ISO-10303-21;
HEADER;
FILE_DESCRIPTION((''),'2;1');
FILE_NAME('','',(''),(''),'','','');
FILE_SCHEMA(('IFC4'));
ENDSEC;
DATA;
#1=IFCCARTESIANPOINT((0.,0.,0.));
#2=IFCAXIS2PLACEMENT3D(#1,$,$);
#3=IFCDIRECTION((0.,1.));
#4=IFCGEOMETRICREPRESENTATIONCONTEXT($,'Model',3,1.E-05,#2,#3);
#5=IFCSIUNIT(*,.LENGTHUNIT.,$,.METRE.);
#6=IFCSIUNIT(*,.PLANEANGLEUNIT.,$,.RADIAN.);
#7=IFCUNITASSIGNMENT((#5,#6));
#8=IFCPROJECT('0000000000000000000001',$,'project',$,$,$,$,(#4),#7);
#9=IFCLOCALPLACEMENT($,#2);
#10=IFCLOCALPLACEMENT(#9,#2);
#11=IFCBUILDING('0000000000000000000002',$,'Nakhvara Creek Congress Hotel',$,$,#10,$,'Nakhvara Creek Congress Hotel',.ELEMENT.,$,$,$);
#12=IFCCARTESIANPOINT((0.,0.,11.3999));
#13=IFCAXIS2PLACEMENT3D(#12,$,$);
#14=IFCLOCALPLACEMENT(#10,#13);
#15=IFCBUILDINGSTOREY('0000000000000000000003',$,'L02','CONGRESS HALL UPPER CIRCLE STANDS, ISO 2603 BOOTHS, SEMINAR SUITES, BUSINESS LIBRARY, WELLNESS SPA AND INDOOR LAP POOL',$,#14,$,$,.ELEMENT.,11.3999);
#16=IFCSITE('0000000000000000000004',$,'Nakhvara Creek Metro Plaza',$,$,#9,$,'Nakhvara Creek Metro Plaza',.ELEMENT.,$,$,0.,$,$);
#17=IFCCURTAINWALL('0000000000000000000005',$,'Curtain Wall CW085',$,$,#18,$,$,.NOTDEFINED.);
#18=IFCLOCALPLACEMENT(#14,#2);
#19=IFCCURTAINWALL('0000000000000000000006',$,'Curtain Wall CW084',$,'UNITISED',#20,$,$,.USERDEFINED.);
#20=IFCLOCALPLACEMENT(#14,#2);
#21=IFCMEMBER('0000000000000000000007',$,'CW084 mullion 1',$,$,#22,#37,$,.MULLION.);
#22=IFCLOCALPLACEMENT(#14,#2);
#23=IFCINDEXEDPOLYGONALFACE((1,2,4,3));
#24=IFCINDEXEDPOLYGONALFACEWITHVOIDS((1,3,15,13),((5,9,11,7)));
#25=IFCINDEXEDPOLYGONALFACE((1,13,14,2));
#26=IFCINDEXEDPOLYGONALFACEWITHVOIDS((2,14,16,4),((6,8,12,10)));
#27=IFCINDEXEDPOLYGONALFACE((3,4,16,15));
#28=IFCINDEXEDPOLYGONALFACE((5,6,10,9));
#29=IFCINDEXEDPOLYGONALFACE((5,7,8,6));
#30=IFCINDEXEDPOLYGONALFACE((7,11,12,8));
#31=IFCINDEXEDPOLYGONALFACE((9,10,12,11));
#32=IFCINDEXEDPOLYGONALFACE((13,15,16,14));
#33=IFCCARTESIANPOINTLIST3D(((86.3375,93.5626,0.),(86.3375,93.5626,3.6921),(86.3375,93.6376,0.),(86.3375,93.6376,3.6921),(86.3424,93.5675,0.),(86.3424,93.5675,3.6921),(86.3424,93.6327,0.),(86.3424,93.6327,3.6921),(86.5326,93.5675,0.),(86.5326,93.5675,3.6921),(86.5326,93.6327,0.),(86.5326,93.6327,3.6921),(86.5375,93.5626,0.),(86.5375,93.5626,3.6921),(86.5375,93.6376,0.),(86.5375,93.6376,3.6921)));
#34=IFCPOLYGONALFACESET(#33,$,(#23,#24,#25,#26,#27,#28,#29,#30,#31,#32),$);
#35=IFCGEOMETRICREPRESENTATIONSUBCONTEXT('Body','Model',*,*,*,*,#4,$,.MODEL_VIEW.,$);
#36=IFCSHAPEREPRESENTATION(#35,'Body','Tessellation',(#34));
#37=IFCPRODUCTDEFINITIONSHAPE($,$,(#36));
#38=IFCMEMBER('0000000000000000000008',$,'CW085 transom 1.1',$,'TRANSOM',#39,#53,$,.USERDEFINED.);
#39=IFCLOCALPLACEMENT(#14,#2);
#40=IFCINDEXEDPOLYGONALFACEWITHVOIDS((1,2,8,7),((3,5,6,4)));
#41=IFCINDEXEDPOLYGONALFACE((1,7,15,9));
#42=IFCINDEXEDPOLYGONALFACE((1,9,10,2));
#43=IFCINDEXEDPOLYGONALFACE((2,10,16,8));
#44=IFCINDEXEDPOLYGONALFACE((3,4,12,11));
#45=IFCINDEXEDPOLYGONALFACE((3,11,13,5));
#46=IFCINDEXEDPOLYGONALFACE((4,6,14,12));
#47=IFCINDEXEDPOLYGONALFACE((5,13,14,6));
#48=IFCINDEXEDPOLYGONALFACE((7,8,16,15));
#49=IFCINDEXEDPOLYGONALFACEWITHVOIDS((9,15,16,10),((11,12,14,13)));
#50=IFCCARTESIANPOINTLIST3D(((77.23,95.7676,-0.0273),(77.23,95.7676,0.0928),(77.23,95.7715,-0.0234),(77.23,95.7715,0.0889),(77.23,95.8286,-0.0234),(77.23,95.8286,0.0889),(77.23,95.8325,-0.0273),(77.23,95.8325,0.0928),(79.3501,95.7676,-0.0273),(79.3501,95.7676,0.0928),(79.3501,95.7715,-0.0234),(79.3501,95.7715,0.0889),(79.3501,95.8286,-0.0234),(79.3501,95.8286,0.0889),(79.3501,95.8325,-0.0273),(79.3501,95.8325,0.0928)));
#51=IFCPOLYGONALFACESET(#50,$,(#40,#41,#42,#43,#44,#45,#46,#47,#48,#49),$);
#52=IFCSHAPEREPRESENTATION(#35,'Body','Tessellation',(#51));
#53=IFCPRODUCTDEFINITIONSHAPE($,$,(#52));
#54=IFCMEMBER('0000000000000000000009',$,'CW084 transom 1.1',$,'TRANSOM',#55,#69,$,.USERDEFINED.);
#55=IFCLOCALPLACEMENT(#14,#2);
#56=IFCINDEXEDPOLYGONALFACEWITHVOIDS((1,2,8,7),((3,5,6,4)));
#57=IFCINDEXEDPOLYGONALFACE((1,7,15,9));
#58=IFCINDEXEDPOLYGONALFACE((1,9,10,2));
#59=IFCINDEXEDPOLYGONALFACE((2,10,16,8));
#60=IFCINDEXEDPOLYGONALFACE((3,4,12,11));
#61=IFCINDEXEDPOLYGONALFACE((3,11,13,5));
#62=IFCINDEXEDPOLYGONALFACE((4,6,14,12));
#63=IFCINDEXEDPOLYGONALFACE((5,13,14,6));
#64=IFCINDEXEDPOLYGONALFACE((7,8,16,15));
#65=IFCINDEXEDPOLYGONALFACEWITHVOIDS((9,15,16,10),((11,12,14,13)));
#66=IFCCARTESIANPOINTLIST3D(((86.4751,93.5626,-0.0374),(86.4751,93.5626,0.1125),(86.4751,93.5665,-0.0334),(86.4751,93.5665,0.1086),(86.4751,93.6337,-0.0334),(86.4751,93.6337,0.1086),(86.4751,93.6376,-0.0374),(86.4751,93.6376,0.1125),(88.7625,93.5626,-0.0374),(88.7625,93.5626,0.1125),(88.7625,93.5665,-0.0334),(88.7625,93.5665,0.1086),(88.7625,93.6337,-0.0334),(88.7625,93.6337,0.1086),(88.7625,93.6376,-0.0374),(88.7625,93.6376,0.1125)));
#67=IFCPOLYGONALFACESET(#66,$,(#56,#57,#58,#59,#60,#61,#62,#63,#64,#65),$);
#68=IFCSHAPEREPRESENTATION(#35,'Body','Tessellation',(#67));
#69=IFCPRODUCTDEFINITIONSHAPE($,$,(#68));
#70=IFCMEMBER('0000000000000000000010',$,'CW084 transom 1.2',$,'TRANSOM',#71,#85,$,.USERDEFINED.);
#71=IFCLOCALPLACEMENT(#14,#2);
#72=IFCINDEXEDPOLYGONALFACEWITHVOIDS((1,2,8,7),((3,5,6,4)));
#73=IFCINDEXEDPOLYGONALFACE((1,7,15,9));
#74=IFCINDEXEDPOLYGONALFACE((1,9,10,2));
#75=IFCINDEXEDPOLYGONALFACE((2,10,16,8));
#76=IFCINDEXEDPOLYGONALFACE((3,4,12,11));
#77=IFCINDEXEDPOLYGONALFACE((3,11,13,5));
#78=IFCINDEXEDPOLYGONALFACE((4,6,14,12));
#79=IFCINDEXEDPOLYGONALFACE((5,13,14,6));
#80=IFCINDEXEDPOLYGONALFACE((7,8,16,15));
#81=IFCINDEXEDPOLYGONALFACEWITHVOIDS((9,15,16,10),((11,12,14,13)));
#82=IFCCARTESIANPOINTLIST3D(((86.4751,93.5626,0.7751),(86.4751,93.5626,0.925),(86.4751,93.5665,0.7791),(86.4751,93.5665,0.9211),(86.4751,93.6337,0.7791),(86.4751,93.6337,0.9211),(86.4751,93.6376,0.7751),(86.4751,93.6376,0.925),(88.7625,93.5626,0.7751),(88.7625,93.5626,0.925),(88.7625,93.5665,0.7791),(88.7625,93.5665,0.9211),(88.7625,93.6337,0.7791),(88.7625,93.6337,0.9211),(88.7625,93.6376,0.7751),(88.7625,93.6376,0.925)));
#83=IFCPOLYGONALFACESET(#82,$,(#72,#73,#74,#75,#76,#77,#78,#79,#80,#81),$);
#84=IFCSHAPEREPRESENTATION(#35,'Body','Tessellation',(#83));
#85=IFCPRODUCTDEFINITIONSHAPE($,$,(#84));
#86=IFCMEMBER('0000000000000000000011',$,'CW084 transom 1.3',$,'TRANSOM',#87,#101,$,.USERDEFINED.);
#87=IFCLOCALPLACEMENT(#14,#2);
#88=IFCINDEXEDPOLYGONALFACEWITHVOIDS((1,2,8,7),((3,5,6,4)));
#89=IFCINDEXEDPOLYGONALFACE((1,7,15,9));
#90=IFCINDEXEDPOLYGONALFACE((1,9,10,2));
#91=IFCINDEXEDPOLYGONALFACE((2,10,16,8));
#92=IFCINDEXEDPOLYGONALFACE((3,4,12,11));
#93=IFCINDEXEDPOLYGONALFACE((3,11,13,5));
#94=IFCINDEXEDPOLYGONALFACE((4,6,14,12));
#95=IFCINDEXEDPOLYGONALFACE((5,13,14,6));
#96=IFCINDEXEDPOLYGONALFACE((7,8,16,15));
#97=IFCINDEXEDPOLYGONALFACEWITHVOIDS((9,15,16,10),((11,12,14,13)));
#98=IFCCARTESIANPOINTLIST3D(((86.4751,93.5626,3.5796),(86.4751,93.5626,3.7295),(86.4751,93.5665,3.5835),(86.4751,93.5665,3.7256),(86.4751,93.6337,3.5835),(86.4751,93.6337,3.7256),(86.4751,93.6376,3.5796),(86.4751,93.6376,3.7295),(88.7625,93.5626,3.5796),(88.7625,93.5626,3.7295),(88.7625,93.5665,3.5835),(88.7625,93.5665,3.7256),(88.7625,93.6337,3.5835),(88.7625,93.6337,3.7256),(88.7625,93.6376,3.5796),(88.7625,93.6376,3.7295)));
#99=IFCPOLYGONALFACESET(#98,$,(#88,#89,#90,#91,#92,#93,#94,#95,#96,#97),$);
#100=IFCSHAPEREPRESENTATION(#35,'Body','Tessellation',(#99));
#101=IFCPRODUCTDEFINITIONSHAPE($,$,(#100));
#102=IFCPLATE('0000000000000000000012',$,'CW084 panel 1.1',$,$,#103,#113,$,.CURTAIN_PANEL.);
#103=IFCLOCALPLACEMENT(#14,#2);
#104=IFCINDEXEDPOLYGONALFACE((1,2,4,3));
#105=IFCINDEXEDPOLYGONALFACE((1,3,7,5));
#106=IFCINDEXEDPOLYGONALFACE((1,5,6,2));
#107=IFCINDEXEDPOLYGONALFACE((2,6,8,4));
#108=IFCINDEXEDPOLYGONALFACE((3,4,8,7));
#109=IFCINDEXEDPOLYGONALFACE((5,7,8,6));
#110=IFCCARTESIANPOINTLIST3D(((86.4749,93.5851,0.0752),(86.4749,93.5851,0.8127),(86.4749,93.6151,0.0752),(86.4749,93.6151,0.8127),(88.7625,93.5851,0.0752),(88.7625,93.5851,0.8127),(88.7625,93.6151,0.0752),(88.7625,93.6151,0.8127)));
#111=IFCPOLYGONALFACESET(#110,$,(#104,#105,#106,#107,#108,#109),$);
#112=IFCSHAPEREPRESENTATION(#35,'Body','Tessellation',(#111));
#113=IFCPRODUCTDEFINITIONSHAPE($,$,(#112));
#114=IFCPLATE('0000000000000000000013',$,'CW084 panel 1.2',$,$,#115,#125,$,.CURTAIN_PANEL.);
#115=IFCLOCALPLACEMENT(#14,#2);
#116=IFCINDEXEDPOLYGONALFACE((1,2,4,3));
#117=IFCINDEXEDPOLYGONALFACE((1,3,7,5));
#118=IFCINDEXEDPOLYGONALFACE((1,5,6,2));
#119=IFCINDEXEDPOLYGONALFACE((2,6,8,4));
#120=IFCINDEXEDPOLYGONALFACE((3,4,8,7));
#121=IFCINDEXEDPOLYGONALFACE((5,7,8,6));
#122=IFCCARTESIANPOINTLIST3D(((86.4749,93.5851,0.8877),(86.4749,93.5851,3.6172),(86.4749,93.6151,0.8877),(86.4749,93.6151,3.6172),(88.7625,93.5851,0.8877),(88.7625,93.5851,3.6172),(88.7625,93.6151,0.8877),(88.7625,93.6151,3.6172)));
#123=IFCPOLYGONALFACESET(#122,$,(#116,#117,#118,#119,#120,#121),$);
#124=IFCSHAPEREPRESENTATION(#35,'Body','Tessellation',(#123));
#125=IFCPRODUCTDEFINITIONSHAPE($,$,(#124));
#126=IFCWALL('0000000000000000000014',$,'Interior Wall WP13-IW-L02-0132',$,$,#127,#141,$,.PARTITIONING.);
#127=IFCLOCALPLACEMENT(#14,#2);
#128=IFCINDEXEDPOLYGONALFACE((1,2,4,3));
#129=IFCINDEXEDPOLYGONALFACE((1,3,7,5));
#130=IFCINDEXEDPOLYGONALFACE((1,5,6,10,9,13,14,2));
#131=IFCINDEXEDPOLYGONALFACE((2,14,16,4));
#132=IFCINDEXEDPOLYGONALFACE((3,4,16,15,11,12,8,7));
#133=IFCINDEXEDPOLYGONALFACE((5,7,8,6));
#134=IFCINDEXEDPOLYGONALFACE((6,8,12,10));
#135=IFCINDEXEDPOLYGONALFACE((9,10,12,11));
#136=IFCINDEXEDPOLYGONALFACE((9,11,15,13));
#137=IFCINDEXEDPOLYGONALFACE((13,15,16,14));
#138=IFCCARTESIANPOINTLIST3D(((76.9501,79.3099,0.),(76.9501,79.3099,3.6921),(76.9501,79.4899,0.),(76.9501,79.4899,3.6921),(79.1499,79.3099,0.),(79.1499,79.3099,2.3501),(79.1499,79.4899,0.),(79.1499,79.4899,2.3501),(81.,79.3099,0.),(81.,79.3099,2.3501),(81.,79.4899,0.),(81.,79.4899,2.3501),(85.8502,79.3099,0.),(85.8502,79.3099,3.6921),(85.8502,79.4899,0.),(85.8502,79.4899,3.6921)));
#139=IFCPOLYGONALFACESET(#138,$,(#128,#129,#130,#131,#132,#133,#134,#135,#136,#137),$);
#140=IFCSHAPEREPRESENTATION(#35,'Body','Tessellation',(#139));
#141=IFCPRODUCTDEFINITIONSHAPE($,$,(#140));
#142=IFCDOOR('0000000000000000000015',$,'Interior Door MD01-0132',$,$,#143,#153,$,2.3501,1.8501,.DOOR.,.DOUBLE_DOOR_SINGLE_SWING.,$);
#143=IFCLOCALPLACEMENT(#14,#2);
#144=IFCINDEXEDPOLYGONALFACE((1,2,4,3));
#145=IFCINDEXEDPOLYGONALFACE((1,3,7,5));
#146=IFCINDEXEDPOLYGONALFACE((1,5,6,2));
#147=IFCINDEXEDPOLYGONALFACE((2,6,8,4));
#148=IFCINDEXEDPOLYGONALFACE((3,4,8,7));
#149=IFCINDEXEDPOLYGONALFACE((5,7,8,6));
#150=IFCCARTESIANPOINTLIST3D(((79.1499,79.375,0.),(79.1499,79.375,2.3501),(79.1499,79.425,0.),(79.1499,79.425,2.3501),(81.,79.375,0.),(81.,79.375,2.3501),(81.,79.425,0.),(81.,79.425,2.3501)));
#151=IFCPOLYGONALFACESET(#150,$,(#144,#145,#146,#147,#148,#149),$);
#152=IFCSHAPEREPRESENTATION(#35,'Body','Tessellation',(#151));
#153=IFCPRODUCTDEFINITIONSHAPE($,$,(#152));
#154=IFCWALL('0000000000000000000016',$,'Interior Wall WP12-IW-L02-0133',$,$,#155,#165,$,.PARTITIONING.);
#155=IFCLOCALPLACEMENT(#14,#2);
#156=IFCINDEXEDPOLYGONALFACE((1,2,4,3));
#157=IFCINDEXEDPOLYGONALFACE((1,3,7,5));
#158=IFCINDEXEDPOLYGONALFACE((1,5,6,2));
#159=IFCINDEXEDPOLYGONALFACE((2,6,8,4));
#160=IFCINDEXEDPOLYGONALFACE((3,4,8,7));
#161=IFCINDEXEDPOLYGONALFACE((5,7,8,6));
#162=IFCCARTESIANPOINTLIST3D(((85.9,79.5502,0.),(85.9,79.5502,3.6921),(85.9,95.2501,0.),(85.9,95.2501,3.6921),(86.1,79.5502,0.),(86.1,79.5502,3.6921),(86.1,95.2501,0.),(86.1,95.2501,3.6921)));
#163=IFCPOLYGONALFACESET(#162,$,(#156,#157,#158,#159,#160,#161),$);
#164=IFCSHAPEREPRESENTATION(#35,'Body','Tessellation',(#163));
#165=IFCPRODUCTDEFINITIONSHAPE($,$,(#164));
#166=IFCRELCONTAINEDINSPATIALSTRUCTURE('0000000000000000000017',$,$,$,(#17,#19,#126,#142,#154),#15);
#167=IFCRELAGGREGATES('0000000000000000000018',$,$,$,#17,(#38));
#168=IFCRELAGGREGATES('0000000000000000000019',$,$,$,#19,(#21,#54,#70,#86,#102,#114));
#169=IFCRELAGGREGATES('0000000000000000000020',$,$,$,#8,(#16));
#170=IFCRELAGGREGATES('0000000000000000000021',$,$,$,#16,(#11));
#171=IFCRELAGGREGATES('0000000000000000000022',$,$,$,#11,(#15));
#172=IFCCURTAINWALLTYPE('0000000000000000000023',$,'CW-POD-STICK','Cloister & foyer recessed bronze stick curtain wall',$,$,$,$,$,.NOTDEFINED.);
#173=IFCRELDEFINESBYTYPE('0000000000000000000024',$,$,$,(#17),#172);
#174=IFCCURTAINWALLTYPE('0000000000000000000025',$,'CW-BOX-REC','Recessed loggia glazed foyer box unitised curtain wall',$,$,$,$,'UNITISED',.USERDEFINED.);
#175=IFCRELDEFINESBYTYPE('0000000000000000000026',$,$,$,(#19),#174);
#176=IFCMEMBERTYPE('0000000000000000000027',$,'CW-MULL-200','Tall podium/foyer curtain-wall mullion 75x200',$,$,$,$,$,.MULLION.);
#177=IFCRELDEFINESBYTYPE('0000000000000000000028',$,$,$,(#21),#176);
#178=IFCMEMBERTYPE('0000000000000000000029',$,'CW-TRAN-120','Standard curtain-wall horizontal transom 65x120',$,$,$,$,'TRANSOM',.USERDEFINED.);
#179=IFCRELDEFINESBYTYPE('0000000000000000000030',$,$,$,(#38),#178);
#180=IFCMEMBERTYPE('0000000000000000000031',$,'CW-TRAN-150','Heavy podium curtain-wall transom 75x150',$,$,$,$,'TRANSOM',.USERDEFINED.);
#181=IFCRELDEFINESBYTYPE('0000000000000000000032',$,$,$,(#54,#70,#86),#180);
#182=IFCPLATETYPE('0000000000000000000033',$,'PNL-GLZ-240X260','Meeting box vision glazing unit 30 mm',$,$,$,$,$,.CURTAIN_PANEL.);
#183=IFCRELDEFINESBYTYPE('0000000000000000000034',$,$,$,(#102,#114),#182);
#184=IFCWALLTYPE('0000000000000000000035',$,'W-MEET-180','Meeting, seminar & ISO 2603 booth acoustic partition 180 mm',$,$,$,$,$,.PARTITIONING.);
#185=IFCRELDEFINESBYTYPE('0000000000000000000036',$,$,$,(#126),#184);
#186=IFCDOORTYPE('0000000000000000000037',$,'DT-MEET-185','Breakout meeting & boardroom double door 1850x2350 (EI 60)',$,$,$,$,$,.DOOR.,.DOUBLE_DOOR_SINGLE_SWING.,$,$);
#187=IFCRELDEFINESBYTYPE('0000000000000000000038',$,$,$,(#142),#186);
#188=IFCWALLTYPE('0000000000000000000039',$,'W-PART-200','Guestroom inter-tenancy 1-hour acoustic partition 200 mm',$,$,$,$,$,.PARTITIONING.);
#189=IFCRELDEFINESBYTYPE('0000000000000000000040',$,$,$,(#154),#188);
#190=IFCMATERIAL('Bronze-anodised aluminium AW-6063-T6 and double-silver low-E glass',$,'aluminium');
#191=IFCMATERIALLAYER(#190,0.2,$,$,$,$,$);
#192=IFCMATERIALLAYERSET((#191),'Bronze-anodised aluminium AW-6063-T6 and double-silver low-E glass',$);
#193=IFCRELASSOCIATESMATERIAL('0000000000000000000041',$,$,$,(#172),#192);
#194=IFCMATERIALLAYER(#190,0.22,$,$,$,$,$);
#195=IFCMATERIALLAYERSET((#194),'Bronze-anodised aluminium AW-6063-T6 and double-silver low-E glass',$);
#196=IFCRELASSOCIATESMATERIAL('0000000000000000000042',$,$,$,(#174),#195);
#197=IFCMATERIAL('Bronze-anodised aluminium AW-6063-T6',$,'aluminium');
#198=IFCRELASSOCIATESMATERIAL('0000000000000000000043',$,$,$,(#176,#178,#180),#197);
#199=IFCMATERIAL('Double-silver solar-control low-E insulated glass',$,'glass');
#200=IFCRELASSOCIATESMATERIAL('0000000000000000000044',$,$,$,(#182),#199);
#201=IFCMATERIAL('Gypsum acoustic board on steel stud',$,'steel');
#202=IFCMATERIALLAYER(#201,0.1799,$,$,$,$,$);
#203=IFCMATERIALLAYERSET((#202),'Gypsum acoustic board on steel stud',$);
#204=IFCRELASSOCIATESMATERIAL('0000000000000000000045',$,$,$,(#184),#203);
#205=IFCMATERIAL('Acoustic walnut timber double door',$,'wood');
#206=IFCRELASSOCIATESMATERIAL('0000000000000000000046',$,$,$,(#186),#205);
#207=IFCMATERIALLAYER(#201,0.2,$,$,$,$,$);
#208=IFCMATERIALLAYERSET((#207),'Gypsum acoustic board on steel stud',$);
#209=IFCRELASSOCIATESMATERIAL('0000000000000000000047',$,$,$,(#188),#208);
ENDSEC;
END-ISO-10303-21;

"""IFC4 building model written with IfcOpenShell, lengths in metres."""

from ifc_helpers import new_model, si_unit, direction, frame, frame_2d, origin, origin_2d, place, context, subcontext, project, spatial, rectangle, hollow_rectangle, extrude, material, layer, layer_set, material_profile, profile_set, type_object, element, fill, aggregate, save


model = new_model("IFC4")

# Units and contexts
model_context = context("Model", 3, precision=1e-05, world=origin(), true_north=direction((0.0, 1.0)))
body_context = subcontext(model_context, "Body", "Model", "MODEL_VIEW")
ifc_project = project(units=[si_unit("LENGTHUNIT", "METRE"), si_unit("PLANEANGLEUNIT", "RADIAN")], contexts=[model_context])

# Site, building, storey
site_placement = place(None, origin())
site = spatial("IfcSite", under=ifc_project, at=site_placement, Name="Nakhvara Creek Metro Plaza", LongName="Nakhvara Creek Metro Plaza", CompositionType="ELEMENT", RefElevation=0.0)
building_placement = place(site_placement, origin())
building = spatial("IfcBuilding", under=site, at=building_placement, Name="Nakhvara Creek Congress Hotel", LongName="Nakhvara Creek Congress Hotel", CompositionType="ELEMENT")
storey_placement = place(building_placement, frame((0.0, 0.0, 11.3999)))
storey = spatial("IfcBuildingStorey", under=building, at=storey_placement, Name="L02", Description="CONGRESS HALL UPPER CIRCLE STANDS, ISO 2603 BOOTHS, SEMINAR SUITES, BUSINESS LIBRARY, WELLNESS SPA AND INDOOR LAP POOL", CompositionType="ELEMENT", Elevation=11.3999)

# Curtain walls, member
ifc_material_1 = material(Name="Bronze-anodised aluminium AW-6063-T6 and double-silver low-E glass", Category="aluminium")
ifc_layer_1 = layer(ifc_material_1, 0.2)
ifc_layer_set_1 = layer_set([ifc_layer_1], Name="Bronze-anodised aluminium AW-6063-T6 and double-silver low-E glass")
curtain_wall_type_1 = type_object("IfcCurtainWallType", Name="CW-POD-STICK", Description="Cloister & foyer recessed bronze stick curtain wall", PredefinedType="NOTDEFINED", material=ifc_layer_set_1)
curtain_wall_1_placement = place(storey_placement, origin())
curtain_wall_1 = element("IfcCurtainWall", 1, at=curtain_wall_1_placement, inside=storey, type_object=curtain_wall_type_1, Name="Curtain Wall CW085", PredefinedType="NOTDEFINED")
ifc_material_2 = material(Name="Bronze-anodised aluminium AW-6063-T6", Category="aluminium")
ifc_layer_2 = layer(ifc_material_1, 0.22)
ifc_layer_set_2 = layer_set([ifc_layer_2], Name="Bronze-anodised aluminium AW-6063-T6 and double-silver low-E glass")
curtain_wall_type_2 = type_object("IfcCurtainWallType", Name="CW-BOX-REC", Description="Recessed loggia glazed foyer box unitised curtain wall", ElementType="UNITISED", PredefinedType="USERDEFINED", material=ifc_layer_set_2)
curtain_wall_2_placement = place(storey_placement, origin())
curtain_wall_2 = element("IfcCurtainWall", 2, at=curtain_wall_2_placement, inside=storey, type_object=curtain_wall_type_2, Name="Curtain Wall CW084", ObjectType="UNITISED", PredefinedType="USERDEFINED")
ifc_material_profile_1 = material_profile(ifc_material_2, hollow_rectangle(XDim=0.075, YDim=0.2, WallThickness=0.0049, at=origin_2d()), Name="ALU-MULL 75x200x5", Category="LoadBearing")
ifc_profile_set_1 = profile_set([ifc_material_profile_1], Name="Bronze-anodised aluminium AW-6063-T6")
member_type_1 = type_object("IfcMemberType", Name="CW-MULL-200", Description="Tall podium/foyer curtain-wall mullion 75x200", PredefinedType="MULLION", material=ifc_profile_set_1)
member_1_placement = place(storey_placement, frame((86.4375, 93.6001, 0.0), z_axis=(0.0, 0.0, 1.0), x_axis=(0.0, 1.0, 0.0)))
member_1 = element("IfcMember", 3, at=member_1_placement, type_object=member_type_1, Name="CW084 mullion 1", PredefinedType="MULLION", context=body_context, shape_type="SweptSolid", body=[
    extrude(hollow_rectangle(XDim=0.075, YDim=0.2, WallThickness=0.0049, at=origin_2d()), origin(), (0.0, 0.0, 1.0), 3.6921),
])

# Members
ifc_material_profile_2 = material_profile(ifc_material_2, hollow_rectangle(XDim=0.0649, YDim=0.1201, WallThickness=0.0039, at=origin_2d()), Name="ALU-TRAN 65x120x4", Category="LoadBearing")
ifc_profile_set_2 = profile_set([ifc_material_profile_2], Name="Bronze-anodised aluminium AW-6063-T6")
member_type_2 = type_object("IfcMemberType", Name="CW-TRAN-120", Description="Standard curtain-wall horizontal transom 65x120", ElementType="TRANSOM", PredefinedType="USERDEFINED", material=ifc_profile_set_2)
member_2_placement = place(storey_placement, frame((77.23, 95.8, 0.0327), z_axis=(1.0, 0.0, 0.0), x_axis=(0.0, 1.0, 0.0)))
member_2 = element("IfcMember", 4, at=member_2_placement, type_object=member_type_2, Name="CW085 transom 1.1", ObjectType="TRANSOM", PredefinedType="USERDEFINED", context=body_context, shape_type="SweptSolid", body=[
    extrude(hollow_rectangle(XDim=0.0649, YDim=0.1201, WallThickness=0.0039, at=origin_2d()), origin(), (0.0, 0.0, 1.0), 2.1201),
])
aggregate(curtain_wall_1, [member_2])
ifc_material_profile_3 = material_profile(ifc_material_2, hollow_rectangle(XDim=0.075, YDim=0.1499, WallThickness=0.0039, at=origin_2d()), Name="ALU-TRAN 75x150x4", Category="LoadBearing")
ifc_profile_set_3 = profile_set([ifc_material_profile_3], Name="Bronze-anodised aluminium AW-6063-T6")
member_type_3 = type_object("IfcMemberType", Name="CW-TRAN-150", Description="Heavy podium curtain-wall transom 75x150", ElementType="TRANSOM", PredefinedType="USERDEFINED", material=ifc_profile_set_3)
member_3_placement = place(storey_placement, frame((86.4751, 93.6001, 0.0376), z_axis=(1.0, 0.0, 0.0), x_axis=(0.0, 1.0, 0.0)))
member_3 = element("IfcMember", 5, at=member_3_placement, type_object=member_type_3, Name="CW084 transom 1.1", ObjectType="TRANSOM", PredefinedType="USERDEFINED", context=body_context, shape_type="SweptSolid", body=[
    extrude(hollow_rectangle(XDim=0.075, YDim=0.1499, WallThickness=0.0039, at=origin_2d()), origin(), (0.0, 0.0, 1.0), 2.2874),
])
member_4_placement = place(storey_placement, frame((86.4751, 93.6001, 0.8501), z_axis=(1.0, 0.0, 0.0), x_axis=(0.0, 1.0, 0.0)))
member_4 = element("IfcMember", 6, at=member_4_placement, type_object=member_type_3, Name="CW084 transom 1.2", ObjectType="TRANSOM", PredefinedType="USERDEFINED", context=body_context, shape_type="SweptSolid", body=[
    extrude(hollow_rectangle(XDim=0.075, YDim=0.1499, WallThickness=0.0039, at=origin_2d()), origin(), (0.0, 0.0, 1.0), 2.2874),
])
member_5_placement = place(storey_placement, frame((86.4751, 93.6001, 3.6545), z_axis=(1.0, 0.0, 0.0), x_axis=(0.0, 1.0, 0.0)))
member_5 = element("IfcMember", 7, at=member_5_placement, type_object=member_type_3, Name="CW084 transom 1.3", ObjectType="TRANSOM", PredefinedType="USERDEFINED", context=body_context, shape_type="SweptSolid", body=[
    extrude(hollow_rectangle(XDim=0.075, YDim=0.1499, WallThickness=0.0039, at=origin_2d()), origin(), (0.0, 0.0, 1.0), 2.2874),
])

# Plates
ifc_material_3 = material(Name="Double-silver solar-control low-E insulated glass", Category="glass")
plate_type = type_object("IfcPlateType", Name="PNL-GLZ-240X260", Description="Meeting box vision glazing unit 30 mm", PredefinedType="CURTAIN_PANEL", material=ifc_material_3)
plate_1_placement = place(storey_placement, frame((87.6187, 93.6001, 0.0752), z_axis=(0.0, 0.0, 1.0), x_axis=(1.0, 0.0, 0.0)))
plate_1 = element("IfcPlate", 8, at=plate_1_placement, type_object=plate_type, Name="CW084 panel 1.1", PredefinedType="CURTAIN_PANEL", context=body_context, shape_type="SweptSolid", body=[
    extrude(rectangle(XDim=2.2876, YDim=0.03, at=origin_2d()), origin(), (0.0, 0.0, 1.0), 0.7375),
])
plate_2_placement = place(storey_placement, frame((87.6187, 93.6001, 0.8877), z_axis=(0.0, 0.0, 1.0), x_axis=(1.0, 0.0, 0.0)))
plate_2 = element("IfcPlate", 9, at=plate_2_placement, type_object=plate_type, Name="CW084 panel 1.2", PredefinedType="CURTAIN_PANEL", context=body_context, shape_type="SweptSolid", body=[
    extrude(rectangle(XDim=2.2876, YDim=0.03, at=origin_2d()), origin(), (0.0, 0.0, 1.0), 2.7295),
])
aggregate(curtain_wall_2, [member_1, member_3, member_4, member_5, plate_1, plate_2])

# Wall, opening, door
ifc_material_4 = material(Name="Gypsum acoustic board on steel stud", Category="steel")
ifc_layer_3 = layer(ifc_material_4, 0.1799)
ifc_layer_set_3 = layer_set([ifc_layer_3], Name="Gypsum acoustic board on steel stud")
wall_type_1 = type_object("IfcWallType", Name="W-MEET-180", Description="Meeting, seminar & ISO 2603 booth acoustic partition 180 mm", PredefinedType="PARTITIONING", material=ifc_layer_set_3)
wall_1_placement = place(storey_placement, frame((76.95, 79.3999, 0.0), z_axis=(0.0, 0.0, 1.0), x_axis=(1.0, 0.0, 0.0)))
wall_1 = element("IfcWall", 10, at=wall_1_placement, inside=storey, type_object=wall_type_1, Name="Interior Wall WP13-IW-L02-0132", PredefinedType="PARTITIONING", context=body_context, shape_type="SweptSolid", body=[
    extrude(rectangle(XDim=8.9001, YDim=0.1799, at=frame_2d((4.4502, 0.0))), origin(), (0.0, 0.0, 1.0), 3.6921),
])
opening_placement = place(wall_1_placement, frame((2.2, 0.0, 0.0)))
opening = element("IfcOpeningElement", 11, at=opening_placement, cuts=wall_1, PredefinedType="OPENING", context=body_context, shape_type="SweptSolid", body=[
    extrude(rectangle(XDim=1.8501, YDim=2.3501, at=frame_2d((0.925, 1.175))), frame((0.0, 0.1021, 0.0), z_axis=(0.0, -1.0, 0.0), x_axis=(1.0, 0.0, 0.0)), (0.0, 0.0, 1.0), 0.2039),
])
ifc_material_5 = material(Name="Acoustic walnut timber double door", Category="wood")
door_type = type_object("IfcDoorType", Name="DT-MEET-185", Description="Breakout meeting & boardroom double door 1850x2350 (EI 60)", OperationType="DOUBLE_DOOR_SINGLE_SWING", PredefinedType="DOOR", material=ifc_material_5)
door_placement = place(opening_placement, frame((1.8501, 0.0, 0.0), z_axis=(0.0, 0.0, 1.0), x_axis=(-1.0, 0.0, 0.0)))
door = element("IfcDoor", 12, at=door_placement, inside=storey, type_object=door_type, Name="Interior Door MD01-0132", OperationType="DOUBLE_DOOR_SINGLE_SWING", OverallHeight=2.3501, OverallWidth=1.8501, PredefinedType="DOOR", context=body_context, shape_type="SweptSolid", body=[
    extrude(rectangle(XDim=1.8501, YDim=2.3501, at=frame_2d((0.925, 1.175))), frame((0.0, 0.0249, 0.0), z_axis=(0.0, -1.0, 0.0), x_axis=(1.0, 0.0, 0.0)), (0.0, 0.0, 1.0), 0.05),
])
fill(opening, door)

# Wall
ifc_layer_4 = layer(ifc_material_4, 0.2)
ifc_layer_set_4 = layer_set([ifc_layer_4], Name="Gypsum acoustic board on steel stud")
wall_type_2 = type_object("IfcWallType", Name="W-PART-200", Description="Guestroom inter-tenancy 1-hour acoustic partition 200 mm", PredefinedType="PARTITIONING", material=ifc_layer_set_4)
wall_2_placement = place(storey_placement, frame((86.0, 79.55, 0.0), z_axis=(0.0, 0.0, 1.0), x_axis=(0.0, 1.0, 0.0)))
element("IfcWall", 13, at=wall_2_placement, inside=storey, type_object=wall_type_2, Name="Interior Wall WP12-IW-L02-0133", PredefinedType="PARTITIONING", context=body_context, shape_type="SweptSolid", body=[
    extrude(rectangle(XDim=15.7, YDim=0.2, at=frame_2d((7.8501, 0.0))), origin(), (0.0, 0.0, 1.0), 3.6921),
])

save(model, "model.ifc")
